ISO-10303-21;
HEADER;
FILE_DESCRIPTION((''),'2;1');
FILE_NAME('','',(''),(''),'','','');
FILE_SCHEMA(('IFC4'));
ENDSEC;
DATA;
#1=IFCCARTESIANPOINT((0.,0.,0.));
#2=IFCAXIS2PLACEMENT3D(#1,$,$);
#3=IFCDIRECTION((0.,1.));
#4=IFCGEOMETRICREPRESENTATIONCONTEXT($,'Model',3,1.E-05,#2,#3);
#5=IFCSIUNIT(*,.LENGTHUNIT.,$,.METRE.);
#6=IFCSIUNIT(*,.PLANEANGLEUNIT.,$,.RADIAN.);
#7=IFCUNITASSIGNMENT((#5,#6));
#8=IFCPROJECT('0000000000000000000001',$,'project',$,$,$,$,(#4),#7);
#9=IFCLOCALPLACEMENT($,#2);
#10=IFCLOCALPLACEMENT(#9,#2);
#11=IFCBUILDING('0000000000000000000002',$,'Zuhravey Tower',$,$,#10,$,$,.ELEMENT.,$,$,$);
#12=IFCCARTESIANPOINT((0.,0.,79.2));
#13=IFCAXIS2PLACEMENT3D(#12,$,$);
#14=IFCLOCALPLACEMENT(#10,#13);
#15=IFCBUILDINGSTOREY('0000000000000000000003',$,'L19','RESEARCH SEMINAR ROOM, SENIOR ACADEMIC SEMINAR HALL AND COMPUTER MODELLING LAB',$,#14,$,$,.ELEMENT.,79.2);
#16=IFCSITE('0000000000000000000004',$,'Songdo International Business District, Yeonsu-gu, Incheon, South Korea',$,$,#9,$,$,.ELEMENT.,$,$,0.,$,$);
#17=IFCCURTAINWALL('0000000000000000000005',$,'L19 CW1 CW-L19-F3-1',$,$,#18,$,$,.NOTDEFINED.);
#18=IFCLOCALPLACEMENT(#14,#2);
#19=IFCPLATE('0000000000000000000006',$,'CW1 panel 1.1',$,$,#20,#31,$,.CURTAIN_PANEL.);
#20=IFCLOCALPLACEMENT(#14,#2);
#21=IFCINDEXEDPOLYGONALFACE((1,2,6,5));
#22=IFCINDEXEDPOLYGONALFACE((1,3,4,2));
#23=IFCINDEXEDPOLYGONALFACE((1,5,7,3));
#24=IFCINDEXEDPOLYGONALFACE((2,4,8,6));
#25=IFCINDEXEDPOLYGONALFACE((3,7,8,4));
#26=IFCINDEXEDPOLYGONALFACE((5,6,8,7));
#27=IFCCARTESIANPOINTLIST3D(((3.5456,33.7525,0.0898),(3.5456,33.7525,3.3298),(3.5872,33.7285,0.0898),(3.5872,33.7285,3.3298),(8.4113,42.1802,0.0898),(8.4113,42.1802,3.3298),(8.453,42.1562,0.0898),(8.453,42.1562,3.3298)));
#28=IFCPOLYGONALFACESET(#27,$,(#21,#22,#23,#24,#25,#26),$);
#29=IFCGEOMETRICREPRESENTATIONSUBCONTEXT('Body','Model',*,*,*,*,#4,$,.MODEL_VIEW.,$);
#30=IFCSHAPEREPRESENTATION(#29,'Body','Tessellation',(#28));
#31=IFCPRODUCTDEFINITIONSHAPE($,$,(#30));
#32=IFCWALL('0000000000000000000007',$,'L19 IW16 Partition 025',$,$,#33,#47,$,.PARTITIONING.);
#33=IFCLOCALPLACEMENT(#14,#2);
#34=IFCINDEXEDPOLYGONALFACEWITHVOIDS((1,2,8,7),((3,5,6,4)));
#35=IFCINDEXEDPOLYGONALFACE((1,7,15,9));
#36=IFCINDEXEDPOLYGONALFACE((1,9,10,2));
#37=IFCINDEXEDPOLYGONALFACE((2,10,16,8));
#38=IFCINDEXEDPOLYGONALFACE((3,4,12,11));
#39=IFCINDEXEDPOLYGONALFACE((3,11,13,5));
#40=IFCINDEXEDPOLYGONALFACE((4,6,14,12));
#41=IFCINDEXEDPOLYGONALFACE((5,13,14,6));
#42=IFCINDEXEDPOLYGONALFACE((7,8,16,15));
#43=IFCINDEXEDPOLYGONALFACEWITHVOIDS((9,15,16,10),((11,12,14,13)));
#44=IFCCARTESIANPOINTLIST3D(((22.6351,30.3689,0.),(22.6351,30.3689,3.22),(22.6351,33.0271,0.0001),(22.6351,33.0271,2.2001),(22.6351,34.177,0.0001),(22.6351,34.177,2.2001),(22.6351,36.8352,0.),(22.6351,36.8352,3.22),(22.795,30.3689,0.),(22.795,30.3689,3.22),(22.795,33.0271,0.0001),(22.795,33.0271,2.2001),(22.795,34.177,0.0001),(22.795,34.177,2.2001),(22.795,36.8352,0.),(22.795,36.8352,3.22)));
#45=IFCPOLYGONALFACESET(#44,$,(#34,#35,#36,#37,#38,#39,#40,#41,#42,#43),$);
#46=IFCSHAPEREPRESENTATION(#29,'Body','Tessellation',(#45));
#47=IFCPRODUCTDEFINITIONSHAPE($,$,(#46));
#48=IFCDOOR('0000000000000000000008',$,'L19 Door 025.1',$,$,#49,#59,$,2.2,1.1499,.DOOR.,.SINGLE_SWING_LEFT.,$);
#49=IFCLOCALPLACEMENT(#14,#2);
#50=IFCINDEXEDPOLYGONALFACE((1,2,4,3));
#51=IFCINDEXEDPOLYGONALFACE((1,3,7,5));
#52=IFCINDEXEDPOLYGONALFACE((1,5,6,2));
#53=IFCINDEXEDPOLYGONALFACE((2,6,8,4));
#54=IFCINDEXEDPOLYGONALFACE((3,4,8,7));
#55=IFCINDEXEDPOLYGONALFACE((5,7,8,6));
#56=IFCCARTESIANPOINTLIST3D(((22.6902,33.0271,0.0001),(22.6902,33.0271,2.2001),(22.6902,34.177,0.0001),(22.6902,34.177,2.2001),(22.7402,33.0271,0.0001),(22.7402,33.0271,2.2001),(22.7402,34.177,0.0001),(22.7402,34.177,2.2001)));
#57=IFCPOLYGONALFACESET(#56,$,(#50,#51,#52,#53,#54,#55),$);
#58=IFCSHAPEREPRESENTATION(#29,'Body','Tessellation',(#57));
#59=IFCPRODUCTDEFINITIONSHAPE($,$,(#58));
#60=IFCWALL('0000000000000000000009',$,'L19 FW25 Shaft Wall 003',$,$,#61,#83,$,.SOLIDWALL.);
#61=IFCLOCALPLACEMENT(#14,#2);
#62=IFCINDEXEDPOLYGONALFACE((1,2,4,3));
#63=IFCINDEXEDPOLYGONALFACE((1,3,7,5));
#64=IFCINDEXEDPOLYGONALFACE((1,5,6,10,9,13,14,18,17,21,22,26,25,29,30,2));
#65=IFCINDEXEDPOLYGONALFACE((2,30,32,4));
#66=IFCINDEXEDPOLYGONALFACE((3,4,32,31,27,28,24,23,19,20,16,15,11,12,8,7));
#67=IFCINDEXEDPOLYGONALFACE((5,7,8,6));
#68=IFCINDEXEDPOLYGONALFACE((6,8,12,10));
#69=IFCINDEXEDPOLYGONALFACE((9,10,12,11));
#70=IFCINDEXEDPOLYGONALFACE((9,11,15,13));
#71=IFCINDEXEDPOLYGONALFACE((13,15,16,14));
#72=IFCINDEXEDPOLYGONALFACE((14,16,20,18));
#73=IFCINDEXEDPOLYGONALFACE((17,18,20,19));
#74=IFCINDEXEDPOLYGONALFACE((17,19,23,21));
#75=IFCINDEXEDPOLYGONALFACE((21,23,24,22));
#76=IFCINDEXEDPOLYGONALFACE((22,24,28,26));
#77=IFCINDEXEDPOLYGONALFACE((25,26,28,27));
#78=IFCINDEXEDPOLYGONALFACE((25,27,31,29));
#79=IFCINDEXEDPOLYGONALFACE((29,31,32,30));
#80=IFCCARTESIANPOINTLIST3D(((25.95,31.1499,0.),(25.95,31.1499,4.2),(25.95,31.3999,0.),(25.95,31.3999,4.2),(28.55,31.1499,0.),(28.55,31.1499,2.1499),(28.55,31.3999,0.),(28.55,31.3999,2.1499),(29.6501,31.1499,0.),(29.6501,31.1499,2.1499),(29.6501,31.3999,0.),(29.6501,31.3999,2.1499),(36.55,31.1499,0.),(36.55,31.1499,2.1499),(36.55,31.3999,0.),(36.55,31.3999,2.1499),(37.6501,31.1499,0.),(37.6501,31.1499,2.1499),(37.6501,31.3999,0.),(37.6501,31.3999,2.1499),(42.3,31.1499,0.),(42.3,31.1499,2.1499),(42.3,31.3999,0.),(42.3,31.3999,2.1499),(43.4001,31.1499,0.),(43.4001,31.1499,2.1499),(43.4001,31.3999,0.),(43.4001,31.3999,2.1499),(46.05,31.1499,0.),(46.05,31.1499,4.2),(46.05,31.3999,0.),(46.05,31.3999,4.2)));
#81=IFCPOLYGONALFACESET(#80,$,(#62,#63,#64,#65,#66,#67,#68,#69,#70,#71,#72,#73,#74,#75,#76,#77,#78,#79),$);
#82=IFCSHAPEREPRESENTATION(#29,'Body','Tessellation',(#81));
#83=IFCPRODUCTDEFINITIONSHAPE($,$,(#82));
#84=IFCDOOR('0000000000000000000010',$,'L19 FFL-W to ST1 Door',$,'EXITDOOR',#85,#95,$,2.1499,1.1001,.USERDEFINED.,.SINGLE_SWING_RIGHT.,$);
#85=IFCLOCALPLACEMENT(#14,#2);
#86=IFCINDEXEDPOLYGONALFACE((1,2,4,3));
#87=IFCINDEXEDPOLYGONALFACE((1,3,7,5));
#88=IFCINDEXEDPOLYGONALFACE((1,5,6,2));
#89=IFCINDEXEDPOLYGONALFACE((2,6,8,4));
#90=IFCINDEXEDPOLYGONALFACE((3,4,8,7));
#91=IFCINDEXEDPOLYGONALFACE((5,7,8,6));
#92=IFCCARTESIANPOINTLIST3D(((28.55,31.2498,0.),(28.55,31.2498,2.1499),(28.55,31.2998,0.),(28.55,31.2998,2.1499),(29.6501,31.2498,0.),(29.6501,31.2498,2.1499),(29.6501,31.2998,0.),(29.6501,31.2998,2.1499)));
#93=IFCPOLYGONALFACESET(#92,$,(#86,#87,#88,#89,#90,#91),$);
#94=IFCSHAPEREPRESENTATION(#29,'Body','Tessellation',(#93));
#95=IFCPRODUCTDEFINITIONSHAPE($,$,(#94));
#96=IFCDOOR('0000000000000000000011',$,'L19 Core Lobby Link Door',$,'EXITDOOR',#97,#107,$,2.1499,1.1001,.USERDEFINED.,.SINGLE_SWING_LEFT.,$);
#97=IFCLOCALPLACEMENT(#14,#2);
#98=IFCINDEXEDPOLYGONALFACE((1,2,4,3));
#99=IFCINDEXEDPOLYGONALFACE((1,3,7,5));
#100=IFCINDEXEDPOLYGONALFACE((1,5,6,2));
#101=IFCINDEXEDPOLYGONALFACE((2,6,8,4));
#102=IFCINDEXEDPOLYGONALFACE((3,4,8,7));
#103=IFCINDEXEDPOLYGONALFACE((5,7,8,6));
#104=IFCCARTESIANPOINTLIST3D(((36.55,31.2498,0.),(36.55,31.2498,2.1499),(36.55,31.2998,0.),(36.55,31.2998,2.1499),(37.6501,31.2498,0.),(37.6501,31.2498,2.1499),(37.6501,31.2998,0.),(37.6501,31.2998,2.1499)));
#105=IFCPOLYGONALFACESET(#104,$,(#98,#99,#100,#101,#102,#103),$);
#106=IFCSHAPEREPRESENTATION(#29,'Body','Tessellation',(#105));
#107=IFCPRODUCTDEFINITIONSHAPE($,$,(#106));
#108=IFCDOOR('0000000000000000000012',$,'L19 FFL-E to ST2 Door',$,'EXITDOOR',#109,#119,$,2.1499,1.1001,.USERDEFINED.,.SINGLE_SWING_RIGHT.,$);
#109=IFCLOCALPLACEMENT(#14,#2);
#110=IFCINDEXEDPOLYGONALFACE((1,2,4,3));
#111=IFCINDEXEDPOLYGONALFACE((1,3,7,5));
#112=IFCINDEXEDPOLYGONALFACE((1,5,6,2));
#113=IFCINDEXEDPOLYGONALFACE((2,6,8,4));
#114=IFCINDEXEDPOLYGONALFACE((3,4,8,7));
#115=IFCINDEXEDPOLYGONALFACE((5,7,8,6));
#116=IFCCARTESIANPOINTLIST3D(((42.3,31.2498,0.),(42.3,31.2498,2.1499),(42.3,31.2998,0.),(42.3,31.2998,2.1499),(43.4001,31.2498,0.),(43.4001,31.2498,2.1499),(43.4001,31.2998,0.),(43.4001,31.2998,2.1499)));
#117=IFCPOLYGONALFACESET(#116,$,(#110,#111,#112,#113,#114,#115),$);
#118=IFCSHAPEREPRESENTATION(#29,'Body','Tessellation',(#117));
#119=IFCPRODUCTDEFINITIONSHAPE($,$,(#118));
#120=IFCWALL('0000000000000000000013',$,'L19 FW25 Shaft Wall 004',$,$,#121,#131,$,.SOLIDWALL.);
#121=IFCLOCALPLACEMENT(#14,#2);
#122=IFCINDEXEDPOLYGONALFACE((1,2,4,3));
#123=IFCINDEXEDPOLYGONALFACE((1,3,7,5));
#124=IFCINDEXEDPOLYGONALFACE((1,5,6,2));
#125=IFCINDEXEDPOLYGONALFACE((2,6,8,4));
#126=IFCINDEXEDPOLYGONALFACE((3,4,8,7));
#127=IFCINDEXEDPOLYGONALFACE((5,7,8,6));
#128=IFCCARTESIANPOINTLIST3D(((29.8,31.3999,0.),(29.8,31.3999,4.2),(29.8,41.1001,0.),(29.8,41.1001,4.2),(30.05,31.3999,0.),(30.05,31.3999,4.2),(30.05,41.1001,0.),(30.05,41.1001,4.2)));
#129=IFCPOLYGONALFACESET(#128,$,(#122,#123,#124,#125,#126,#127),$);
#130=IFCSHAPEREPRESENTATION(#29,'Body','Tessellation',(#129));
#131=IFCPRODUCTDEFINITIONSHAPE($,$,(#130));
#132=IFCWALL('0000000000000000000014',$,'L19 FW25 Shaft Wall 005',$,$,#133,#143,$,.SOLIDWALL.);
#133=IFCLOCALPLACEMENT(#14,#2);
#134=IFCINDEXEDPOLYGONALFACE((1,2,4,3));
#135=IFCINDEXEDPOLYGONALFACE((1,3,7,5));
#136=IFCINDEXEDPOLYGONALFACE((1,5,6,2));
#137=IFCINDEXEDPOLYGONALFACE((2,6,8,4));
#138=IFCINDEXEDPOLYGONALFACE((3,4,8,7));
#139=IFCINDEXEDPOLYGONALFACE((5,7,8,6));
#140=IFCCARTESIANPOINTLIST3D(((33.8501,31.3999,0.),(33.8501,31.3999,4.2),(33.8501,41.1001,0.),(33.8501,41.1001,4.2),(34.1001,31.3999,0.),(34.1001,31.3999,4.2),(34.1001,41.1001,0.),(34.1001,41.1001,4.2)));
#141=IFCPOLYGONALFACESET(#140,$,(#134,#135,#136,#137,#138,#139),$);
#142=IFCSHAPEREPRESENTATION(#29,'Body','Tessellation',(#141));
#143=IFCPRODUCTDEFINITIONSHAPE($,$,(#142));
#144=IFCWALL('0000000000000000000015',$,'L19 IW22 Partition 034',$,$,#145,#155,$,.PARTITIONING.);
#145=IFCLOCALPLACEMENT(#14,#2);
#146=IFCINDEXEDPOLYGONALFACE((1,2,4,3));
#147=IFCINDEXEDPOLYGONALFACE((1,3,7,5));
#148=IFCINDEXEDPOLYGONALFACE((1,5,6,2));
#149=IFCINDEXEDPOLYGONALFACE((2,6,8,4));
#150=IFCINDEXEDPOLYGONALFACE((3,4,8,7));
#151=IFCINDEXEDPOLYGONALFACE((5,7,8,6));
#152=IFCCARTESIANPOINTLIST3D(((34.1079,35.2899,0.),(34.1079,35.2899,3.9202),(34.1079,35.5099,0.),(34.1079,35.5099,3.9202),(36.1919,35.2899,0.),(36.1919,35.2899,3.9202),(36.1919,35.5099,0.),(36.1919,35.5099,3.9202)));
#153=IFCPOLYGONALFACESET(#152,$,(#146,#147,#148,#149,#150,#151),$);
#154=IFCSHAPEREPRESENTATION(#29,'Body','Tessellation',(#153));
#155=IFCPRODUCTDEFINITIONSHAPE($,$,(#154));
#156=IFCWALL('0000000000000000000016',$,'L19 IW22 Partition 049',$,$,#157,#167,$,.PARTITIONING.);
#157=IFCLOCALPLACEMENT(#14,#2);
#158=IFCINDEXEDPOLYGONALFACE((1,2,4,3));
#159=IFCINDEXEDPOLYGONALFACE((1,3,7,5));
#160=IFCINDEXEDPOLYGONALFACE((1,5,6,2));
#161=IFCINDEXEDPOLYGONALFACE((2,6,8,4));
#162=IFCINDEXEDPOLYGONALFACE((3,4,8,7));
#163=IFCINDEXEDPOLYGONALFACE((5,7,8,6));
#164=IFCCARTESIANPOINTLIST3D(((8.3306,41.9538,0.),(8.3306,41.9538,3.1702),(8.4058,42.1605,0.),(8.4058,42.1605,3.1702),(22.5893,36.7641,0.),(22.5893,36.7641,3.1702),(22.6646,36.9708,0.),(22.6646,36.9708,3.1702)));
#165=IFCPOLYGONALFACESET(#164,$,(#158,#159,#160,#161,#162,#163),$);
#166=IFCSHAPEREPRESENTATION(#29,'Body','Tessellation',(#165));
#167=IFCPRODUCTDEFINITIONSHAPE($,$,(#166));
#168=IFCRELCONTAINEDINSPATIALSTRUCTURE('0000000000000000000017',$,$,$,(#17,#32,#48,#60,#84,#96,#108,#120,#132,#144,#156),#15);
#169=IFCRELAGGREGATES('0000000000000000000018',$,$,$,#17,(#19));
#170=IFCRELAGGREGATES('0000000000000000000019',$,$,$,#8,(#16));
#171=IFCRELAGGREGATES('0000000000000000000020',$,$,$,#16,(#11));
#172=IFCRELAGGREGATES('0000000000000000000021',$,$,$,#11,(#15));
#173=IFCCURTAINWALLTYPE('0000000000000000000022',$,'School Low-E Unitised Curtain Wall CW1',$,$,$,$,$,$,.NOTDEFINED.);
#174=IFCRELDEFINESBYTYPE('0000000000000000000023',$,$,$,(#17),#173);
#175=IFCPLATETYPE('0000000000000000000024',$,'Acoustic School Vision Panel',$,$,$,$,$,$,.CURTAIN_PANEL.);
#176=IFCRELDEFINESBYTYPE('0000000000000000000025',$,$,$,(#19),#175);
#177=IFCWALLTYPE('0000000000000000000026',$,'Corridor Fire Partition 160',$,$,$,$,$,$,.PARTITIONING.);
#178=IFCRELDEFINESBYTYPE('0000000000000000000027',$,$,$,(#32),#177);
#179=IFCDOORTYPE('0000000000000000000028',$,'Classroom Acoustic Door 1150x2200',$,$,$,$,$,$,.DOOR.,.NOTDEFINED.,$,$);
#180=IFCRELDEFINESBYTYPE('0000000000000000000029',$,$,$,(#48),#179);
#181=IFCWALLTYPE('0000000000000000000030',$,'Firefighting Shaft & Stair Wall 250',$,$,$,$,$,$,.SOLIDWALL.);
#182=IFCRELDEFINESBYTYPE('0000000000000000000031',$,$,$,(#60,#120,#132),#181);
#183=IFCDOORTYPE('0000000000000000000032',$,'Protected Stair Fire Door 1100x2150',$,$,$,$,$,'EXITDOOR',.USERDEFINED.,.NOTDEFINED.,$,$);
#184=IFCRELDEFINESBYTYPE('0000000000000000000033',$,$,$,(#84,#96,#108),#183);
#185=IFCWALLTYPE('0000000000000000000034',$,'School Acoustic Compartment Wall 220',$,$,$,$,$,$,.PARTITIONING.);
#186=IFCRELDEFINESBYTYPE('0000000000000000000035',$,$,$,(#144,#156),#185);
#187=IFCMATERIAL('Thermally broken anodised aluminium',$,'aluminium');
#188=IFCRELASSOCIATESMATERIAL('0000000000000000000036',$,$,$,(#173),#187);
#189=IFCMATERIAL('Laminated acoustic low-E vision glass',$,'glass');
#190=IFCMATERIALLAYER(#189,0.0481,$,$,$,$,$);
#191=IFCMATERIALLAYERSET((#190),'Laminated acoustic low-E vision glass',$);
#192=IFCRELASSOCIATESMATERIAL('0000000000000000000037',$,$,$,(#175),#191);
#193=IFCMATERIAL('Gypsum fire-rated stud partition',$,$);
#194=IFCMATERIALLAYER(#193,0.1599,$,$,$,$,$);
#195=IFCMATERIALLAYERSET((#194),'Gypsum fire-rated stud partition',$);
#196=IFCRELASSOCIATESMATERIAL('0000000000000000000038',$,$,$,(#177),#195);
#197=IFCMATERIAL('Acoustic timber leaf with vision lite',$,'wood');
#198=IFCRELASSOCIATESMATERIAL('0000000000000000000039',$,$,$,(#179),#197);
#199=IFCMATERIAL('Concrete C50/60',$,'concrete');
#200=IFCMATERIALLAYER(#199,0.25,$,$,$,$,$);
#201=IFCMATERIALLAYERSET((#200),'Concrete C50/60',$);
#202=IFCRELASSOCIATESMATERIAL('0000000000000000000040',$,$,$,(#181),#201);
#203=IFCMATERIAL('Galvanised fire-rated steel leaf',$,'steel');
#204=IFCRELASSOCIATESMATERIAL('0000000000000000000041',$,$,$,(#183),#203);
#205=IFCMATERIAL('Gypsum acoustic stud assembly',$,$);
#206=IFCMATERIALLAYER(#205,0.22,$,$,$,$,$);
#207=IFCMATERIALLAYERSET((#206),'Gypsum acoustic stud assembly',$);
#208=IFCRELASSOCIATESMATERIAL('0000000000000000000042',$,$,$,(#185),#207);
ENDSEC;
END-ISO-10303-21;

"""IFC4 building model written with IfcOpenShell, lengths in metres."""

from ifc_helpers import new_model, si_unit, direction, frame, frame_2d, origin, origin_2d, place, context, subcontext, project, spatial, rectangle, extrude, material, layer, layer_set, type_object, element, fill, aggregate, save


model = new_model("IFC4")

# Units and contexts
model_context = context("Model", 3, precision=1e-05, world=origin(), true_north=direction((0.0, 1.0)))
body_context = subcontext(model_context, "Body", "Model", "MODEL_VIEW")
ifc_project = project(units=[si_unit("LENGTHUNIT", "METRE"), si_unit("PLANEANGLEUNIT", "RADIAN")], contexts=[model_context])

# Site, building, storey
site_placement = place(None, origin())
site = spatial("IfcSite", under=ifc_project, at=site_placement, Name="Songdo International Business District, Yeonsu-gu, Incheon, South Korea", CompositionType="ELEMENT", RefElevation=0.0)
building_placement = place(site_placement, origin())
building = spatial("IfcBuilding", under=site, at=building_placement, Name="Zuhravey Tower", CompositionType="ELEMENT")
storey_placement = place(building_placement, frame((0.0, 0.0, 79.2)))
storey = spatial("IfcBuildingStorey", under=building, at=storey_placement, Name="L19", Description="RESEARCH SEMINAR ROOM, SENIOR ACADEMIC SEMINAR HALL AND COMPUTER MODELLING LAB", CompositionType="ELEMENT", Elevation=79.2)

# Curtain wall
ifc_material_1 = material(Name="Thermally broken anodised aluminium", Category="aluminium")
curtain_wall_type = type_object("IfcCurtainWallType", Name="School Low-E Unitised Curtain Wall CW1", PredefinedType="NOTDEFINED", material=ifc_material_1)
curtain_wall_placement = place(storey_placement, origin())
curtain_wall = element("IfcCurtainWall", 1, at=curtain_wall_placement, inside=storey, type_object=curtain_wall_type, Name="L19 CW1 CW-L19-F3-1", PredefinedType="NOTDEFINED")

# Plate
ifc_material_2 = material(Name="Laminated acoustic low-E vision glass", Category="glass")
ifc_layer_1 = layer(ifc_material_2, 0.0481)
ifc_layer_set_1 = layer_set([ifc_layer_1], Name="Laminated acoustic low-E vision glass")
plate_type = type_object("IfcPlateType", Name="Acoustic School Vision Panel", PredefinedType="CURTAIN_PANEL", material=ifc_layer_set_1)
plate_placement = place(storey_placement, frame((5.9993, 37.9543, 0.0898), z_axis=(0.0, 0.0, 1.0), x_axis=(0.5, 0.866026, 0.0)))
plate = element("IfcPlate", 2, at=plate_placement, type_object=plate_type, Name="CW1 panel 1.1", PredefinedType="CURTAIN_PANEL", context=body_context, shape_type="SweptSolid", body=[
    extrude(rectangle(XDim=9.7314, YDim=0.0481, at=origin_2d()), origin(), (0.0, 0.0, 1.0), 3.24),
])
aggregate(curtain_wall, [plate])

# Wall, opening, door
ifc_material_3 = material(Name="Gypsum fire-rated stud partition")
ifc_layer_2 = layer(ifc_material_3, 0.1599)
ifc_layer_set_2 = layer_set([ifc_layer_2], Name="Gypsum fire-rated stud partition")
wall_type_1 = type_object("IfcWallType", Name="Corridor Fire Partition 160", PredefinedType="PARTITIONING", material=ifc_layer_set_2)
wall_1_placement = place(storey_placement, frame((22.7151, 36.8352, 0.0), z_axis=(0.0, 0.0, 1.0), x_axis=(0.0, -1.0, 0.0)))
wall_1 = element("IfcWall", 3, at=wall_1_placement, inside=storey, type_object=wall_type_1, Name="L19 IW16 Partition 025", PredefinedType="PARTITIONING", context=body_context, shape_type="SweptSolid", body=[
    extrude(rectangle(XDim=6.4663, YDim=0.1599, at=frame_2d((3.2332, 0.0))), origin(), (0.0, 0.0, 1.0), 3.22),
])
opening_1_placement = place(wall_1_placement, frame((2.6582, 0.0, 0.0)))
opening_1 = element("IfcOpeningElement", 4, at=opening_1_placement, cuts=wall_1, PredefinedType="OPENING", context=body_context, shape_type="SweptSolid", body=[
    extrude(rectangle(XDim=1.1499, YDim=2.2, at=frame_2d((0.575, 1.1001))), frame((0.0, 0.092, 0.0), z_axis=(0.0, -1.0, 0.0), x_axis=(1.0, 0.0, 0.0)), (0.0, 0.0, 1.0), 0.1838),
])
ifc_material_4 = material(Name="Acoustic timber leaf with vision lite", Category="wood")
door_type_1 = type_object("IfcDoorType", Name="Classroom Acoustic Door 1150x2200", OperationType="NOTDEFINED", PredefinedType="DOOR", material=ifc_material_4)
door_1_placement = place(opening_1_placement, frame((1.1499, 0.0, 0.0), z_axis=(0.0, 0.0, 1.0), x_axis=(-1.0, 0.0, 0.0)))
door_1 = element("IfcDoor", 5, at=door_1_placement, inside=storey, type_object=door_type_1, Name="L19 Door 025.1", OperationType="SINGLE_SWING_LEFT", OverallHeight=2.2, OverallWidth=1.1499, PredefinedType="DOOR", context=body_context, shape_type="SweptSolid", body=[
    extrude(rectangle(XDim=1.1499, YDim=2.2, at=frame_2d((0.575, 1.1001))), frame((0.0, 0.0249, 0.0), z_axis=(0.0, -1.0, 0.0), x_axis=(1.0, 0.0, 0.0)), (0.0, 0.0, 1.0), 0.05),
])
fill(opening_1, door_1)

# Wall, openings, doors
ifc_material_5 = material(Name="Concrete C50/60", Category="concrete")
ifc_layer_3 = layer(ifc_material_5, 0.25)
ifc_layer_set_3 = layer_set([ifc_layer_3], Name="Concrete C50/60")
wall_type_2 = type_object("IfcWallType", Name="Firefighting Shaft & Stair Wall 250", PredefinedType="SOLIDWALL", material=ifc_layer_set_3)
wall_2_placement = place(storey_placement, frame((25.95, 31.2749, 0.0), z_axis=(0.0, 0.0, 1.0), x_axis=(1.0, 0.0, 0.0)))
wall_2 = element("IfcWall", 6, at=wall_2_placement, inside=storey, type_object=wall_type_2, Name="L19 FW25 Shaft Wall 003", PredefinedType="SOLIDWALL", context=body_context, shape_type="SweptSolid", body=[
    extrude(rectangle(XDim=20.1001, YDim=0.25, at=frame_2d((10.05, 0.0))), origin(), (0.0, 0.0, 1.0), 4.2),
])
opening_2_placement = place(wall_2_placement, frame((2.6001, 0.0, 0.0)))
opening_2 = element("IfcOpeningElement", 7, at=opening_2_placement, cuts=wall_2, PredefinedType="OPENING", context=body_context, shape_type="SweptSolid", body=[
    extrude(rectangle(XDim=1.1001, YDim=2.1499, at=frame_2d((0.55, 1.075))), frame((0.0, 0.137, 0.0), z_axis=(0.0, -1.0, 0.0), x_axis=(1.0, 0.0, 0.0)), (0.0, 0.0, 1.0), 0.2739),
])
opening_3_placement = place(wall_2_placement, frame((10.6001, 0.0, 0.0)))
opening_3 = element("IfcOpeningElement", 8, at=opening_3_placement, cuts=wall_2, PredefinedType="OPENING", context=body_context, shape_type="SweptSolid", body=[
    extrude(rectangle(XDim=1.1001, YDim=2.1499, at=frame_2d((0.55, 1.075))), frame((0.0, 0.137, 0.0), z_axis=(0.0, -1.0, 0.0), x_axis=(1.0, 0.0, 0.0)), (0.0, 0.0, 1.0), 0.2739),
])
opening_4_placement = place(wall_2_placement, frame((16.3501, 0.0, 0.0)))
opening_4 = element("IfcOpeningElement", 9, at=opening_4_placement, cuts=wall_2, PredefinedType="OPENING", context=body_context, shape_type="SweptSolid", body=[
    extrude(rectangle(XDim=1.1001, YDim=2.1499, at=frame_2d((0.55, 1.075))), frame((0.0, 0.137, 0.0), z_axis=(0.0, -1.0, 0.0), x_axis=(1.0, 0.0, 0.0)), (0.0, 0.0, 1.0), 0.2739),
])
ifc_material_6 = material(Name="Galvanised fire-rated steel leaf", Category="steel")
door_type_2 = type_object("IfcDoorType", Name="Protected Stair Fire Door 1100x2150", ElementType="EXITDOOR", OperationType="NOTDEFINED", PredefinedType="USERDEFINED", material=ifc_material_6)
door_2_placement = place(opening_2_placement, origin())
door_2 = element("IfcDoor", 10, at=door_2_placement, inside=storey, type_object=door_type_2, Name="L19 FFL-W to ST1 Door", ObjectType="EXITDOOR", OperationType="SINGLE_SWING_RIGHT", OverallHeight=2.1499, OverallWidth=1.1001, PredefinedType="USERDEFINED", context=body_context, shape_type="SweptSolid", body=[
    extrude(rectangle(XDim=1.1001, YDim=2.1499, at=frame_2d((0.55, 1.075))), frame((0.0, 0.0249, 0.0), z_axis=(0.0, -1.0, 0.0), x_axis=(1.0, 0.0, 0.0)), (0.0, 0.0, 1.0), 0.05),
])
fill(opening_2, door_2)
door_3_placement = place(opening_3_placement, origin())
door_3 = element("IfcDoor", 11, at=door_3_placement, inside=storey, type_object=door_type_2, Name="L19 Core Lobby Link Door", ObjectType="EXITDOOR", OperationType="SINGLE_SWING_LEFT", OverallHeight=2.1499, OverallWidth=1.1001, PredefinedType="USERDEFINED", context=body_context, shape_type="SweptSolid", body=[
    extrude(rectangle(XDim=1.1001, YDim=2.1499, at=frame_2d((0.55, 1.075))), frame((0.0, 0.0249, 0.0), z_axis=(0.0, -1.0, 0.0), x_axis=(1.0, 0.0, 0.0)), (0.0, 0.0, 1.0), 0.05),
])
fill(opening_3, door_3)
door_4_placement = place(opening_4_placement, origin())
door_4 = element("IfcDoor", 12, at=door_4_placement, inside=storey, type_object=door_type_2, Name="L19 FFL-E to ST2 Door", ObjectType="EXITDOOR", OperationType="SINGLE_SWING_RIGHT", OverallHeight=2.1499, OverallWidth=1.1001, PredefinedType="USERDEFINED", context=body_context, shape_type="SweptSolid", body=[
    extrude(rectangle(XDim=1.1001, YDim=2.1499, at=frame_2d((0.55, 1.075))), frame((0.0, 0.0249, 0.0), z_axis=(0.0, -1.0, 0.0), x_axis=(1.0, 0.0, 0.0)), (0.0, 0.0, 1.0), 0.05),
])
fill(opening_4, door_4)

# Walls
for number, where, z_axis, x_axis, name in (
    (13, (29.925, 31.3999, 0.0), (0.0, 0.0, 1.0), (0.0, 1.0, 0.0), "L19 FW25 Shaft Wall 004"),
    (14, (33.9751, 31.3999, 0.0), (0.0, 0.0, 1.0), (0.0, 1.0, 0.0), "L19 FW25 Shaft Wall 005"),
):
    element("IfcWall", number, at=place(storey_placement, frame(where, z_axis=z_axis, x_axis=x_axis)), inside=storey, type_object=wall_type_2, Name=name, PredefinedType="SOLIDWALL", context=body_context, shape_type="SweptSolid", body=[
        extrude(rectangle(XDim=9.7002, YDim=0.25, at=frame_2d((4.8501, 0.0))), origin(), (0.0, 0.0, 1.0), 4.2),
    ])
ifc_material_7 = material(Name="Gypsum acoustic stud assembly")
ifc_layer_4 = layer(ifc_material_7, 0.22)
ifc_layer_set_4 = layer_set([ifc_layer_4], Name="Gypsum acoustic stud assembly")
wall_type_3 = type_object("IfcWallType", Name="School Acoustic Compartment Wall 220", PredefinedType="PARTITIONING", material=ifc_layer_set_4)
wall_3_placement = place(storey_placement, frame((34.1079, 35.3999, 0.0), z_axis=(0.0, 0.0, 1.0), x_axis=(1.0, 0.0, 0.0)))
element("IfcWall", 15, at=wall_3_placement, inside=storey, type_object=wall_type_3, Name="L19 IW22 Partition 034", PredefinedType="PARTITIONING", context=body_context, shape_type="SweptSolid", body=[
    extrude(rectangle(XDim=2.084, YDim=0.22, at=frame_2d((1.042, 0.0))), origin(), (0.0, 0.0, 1.0), 3.9202),
])
wall_4_placement = place(storey_placement, frame((22.627, 36.8674, 0.0), z_axis=(0.0, 0.0, 1.0), x_axis=(-0.939694, 0.342016, 0.0)))
element("IfcWall", 16, at=wall_4_placement, inside=storey, type_object=wall_type_3, Name="L19 IW22 Partition 049", PredefinedType="PARTITIONING", context=body_context, shape_type="SweptSolid", body=[
    extrude(rectangle(XDim=15.1738, YDim=0.22, at=frame_2d((7.5869, 0.0))), origin(), (0.0, 0.0, 1.0), 3.1702),
])

save(model, "model.ifc")
